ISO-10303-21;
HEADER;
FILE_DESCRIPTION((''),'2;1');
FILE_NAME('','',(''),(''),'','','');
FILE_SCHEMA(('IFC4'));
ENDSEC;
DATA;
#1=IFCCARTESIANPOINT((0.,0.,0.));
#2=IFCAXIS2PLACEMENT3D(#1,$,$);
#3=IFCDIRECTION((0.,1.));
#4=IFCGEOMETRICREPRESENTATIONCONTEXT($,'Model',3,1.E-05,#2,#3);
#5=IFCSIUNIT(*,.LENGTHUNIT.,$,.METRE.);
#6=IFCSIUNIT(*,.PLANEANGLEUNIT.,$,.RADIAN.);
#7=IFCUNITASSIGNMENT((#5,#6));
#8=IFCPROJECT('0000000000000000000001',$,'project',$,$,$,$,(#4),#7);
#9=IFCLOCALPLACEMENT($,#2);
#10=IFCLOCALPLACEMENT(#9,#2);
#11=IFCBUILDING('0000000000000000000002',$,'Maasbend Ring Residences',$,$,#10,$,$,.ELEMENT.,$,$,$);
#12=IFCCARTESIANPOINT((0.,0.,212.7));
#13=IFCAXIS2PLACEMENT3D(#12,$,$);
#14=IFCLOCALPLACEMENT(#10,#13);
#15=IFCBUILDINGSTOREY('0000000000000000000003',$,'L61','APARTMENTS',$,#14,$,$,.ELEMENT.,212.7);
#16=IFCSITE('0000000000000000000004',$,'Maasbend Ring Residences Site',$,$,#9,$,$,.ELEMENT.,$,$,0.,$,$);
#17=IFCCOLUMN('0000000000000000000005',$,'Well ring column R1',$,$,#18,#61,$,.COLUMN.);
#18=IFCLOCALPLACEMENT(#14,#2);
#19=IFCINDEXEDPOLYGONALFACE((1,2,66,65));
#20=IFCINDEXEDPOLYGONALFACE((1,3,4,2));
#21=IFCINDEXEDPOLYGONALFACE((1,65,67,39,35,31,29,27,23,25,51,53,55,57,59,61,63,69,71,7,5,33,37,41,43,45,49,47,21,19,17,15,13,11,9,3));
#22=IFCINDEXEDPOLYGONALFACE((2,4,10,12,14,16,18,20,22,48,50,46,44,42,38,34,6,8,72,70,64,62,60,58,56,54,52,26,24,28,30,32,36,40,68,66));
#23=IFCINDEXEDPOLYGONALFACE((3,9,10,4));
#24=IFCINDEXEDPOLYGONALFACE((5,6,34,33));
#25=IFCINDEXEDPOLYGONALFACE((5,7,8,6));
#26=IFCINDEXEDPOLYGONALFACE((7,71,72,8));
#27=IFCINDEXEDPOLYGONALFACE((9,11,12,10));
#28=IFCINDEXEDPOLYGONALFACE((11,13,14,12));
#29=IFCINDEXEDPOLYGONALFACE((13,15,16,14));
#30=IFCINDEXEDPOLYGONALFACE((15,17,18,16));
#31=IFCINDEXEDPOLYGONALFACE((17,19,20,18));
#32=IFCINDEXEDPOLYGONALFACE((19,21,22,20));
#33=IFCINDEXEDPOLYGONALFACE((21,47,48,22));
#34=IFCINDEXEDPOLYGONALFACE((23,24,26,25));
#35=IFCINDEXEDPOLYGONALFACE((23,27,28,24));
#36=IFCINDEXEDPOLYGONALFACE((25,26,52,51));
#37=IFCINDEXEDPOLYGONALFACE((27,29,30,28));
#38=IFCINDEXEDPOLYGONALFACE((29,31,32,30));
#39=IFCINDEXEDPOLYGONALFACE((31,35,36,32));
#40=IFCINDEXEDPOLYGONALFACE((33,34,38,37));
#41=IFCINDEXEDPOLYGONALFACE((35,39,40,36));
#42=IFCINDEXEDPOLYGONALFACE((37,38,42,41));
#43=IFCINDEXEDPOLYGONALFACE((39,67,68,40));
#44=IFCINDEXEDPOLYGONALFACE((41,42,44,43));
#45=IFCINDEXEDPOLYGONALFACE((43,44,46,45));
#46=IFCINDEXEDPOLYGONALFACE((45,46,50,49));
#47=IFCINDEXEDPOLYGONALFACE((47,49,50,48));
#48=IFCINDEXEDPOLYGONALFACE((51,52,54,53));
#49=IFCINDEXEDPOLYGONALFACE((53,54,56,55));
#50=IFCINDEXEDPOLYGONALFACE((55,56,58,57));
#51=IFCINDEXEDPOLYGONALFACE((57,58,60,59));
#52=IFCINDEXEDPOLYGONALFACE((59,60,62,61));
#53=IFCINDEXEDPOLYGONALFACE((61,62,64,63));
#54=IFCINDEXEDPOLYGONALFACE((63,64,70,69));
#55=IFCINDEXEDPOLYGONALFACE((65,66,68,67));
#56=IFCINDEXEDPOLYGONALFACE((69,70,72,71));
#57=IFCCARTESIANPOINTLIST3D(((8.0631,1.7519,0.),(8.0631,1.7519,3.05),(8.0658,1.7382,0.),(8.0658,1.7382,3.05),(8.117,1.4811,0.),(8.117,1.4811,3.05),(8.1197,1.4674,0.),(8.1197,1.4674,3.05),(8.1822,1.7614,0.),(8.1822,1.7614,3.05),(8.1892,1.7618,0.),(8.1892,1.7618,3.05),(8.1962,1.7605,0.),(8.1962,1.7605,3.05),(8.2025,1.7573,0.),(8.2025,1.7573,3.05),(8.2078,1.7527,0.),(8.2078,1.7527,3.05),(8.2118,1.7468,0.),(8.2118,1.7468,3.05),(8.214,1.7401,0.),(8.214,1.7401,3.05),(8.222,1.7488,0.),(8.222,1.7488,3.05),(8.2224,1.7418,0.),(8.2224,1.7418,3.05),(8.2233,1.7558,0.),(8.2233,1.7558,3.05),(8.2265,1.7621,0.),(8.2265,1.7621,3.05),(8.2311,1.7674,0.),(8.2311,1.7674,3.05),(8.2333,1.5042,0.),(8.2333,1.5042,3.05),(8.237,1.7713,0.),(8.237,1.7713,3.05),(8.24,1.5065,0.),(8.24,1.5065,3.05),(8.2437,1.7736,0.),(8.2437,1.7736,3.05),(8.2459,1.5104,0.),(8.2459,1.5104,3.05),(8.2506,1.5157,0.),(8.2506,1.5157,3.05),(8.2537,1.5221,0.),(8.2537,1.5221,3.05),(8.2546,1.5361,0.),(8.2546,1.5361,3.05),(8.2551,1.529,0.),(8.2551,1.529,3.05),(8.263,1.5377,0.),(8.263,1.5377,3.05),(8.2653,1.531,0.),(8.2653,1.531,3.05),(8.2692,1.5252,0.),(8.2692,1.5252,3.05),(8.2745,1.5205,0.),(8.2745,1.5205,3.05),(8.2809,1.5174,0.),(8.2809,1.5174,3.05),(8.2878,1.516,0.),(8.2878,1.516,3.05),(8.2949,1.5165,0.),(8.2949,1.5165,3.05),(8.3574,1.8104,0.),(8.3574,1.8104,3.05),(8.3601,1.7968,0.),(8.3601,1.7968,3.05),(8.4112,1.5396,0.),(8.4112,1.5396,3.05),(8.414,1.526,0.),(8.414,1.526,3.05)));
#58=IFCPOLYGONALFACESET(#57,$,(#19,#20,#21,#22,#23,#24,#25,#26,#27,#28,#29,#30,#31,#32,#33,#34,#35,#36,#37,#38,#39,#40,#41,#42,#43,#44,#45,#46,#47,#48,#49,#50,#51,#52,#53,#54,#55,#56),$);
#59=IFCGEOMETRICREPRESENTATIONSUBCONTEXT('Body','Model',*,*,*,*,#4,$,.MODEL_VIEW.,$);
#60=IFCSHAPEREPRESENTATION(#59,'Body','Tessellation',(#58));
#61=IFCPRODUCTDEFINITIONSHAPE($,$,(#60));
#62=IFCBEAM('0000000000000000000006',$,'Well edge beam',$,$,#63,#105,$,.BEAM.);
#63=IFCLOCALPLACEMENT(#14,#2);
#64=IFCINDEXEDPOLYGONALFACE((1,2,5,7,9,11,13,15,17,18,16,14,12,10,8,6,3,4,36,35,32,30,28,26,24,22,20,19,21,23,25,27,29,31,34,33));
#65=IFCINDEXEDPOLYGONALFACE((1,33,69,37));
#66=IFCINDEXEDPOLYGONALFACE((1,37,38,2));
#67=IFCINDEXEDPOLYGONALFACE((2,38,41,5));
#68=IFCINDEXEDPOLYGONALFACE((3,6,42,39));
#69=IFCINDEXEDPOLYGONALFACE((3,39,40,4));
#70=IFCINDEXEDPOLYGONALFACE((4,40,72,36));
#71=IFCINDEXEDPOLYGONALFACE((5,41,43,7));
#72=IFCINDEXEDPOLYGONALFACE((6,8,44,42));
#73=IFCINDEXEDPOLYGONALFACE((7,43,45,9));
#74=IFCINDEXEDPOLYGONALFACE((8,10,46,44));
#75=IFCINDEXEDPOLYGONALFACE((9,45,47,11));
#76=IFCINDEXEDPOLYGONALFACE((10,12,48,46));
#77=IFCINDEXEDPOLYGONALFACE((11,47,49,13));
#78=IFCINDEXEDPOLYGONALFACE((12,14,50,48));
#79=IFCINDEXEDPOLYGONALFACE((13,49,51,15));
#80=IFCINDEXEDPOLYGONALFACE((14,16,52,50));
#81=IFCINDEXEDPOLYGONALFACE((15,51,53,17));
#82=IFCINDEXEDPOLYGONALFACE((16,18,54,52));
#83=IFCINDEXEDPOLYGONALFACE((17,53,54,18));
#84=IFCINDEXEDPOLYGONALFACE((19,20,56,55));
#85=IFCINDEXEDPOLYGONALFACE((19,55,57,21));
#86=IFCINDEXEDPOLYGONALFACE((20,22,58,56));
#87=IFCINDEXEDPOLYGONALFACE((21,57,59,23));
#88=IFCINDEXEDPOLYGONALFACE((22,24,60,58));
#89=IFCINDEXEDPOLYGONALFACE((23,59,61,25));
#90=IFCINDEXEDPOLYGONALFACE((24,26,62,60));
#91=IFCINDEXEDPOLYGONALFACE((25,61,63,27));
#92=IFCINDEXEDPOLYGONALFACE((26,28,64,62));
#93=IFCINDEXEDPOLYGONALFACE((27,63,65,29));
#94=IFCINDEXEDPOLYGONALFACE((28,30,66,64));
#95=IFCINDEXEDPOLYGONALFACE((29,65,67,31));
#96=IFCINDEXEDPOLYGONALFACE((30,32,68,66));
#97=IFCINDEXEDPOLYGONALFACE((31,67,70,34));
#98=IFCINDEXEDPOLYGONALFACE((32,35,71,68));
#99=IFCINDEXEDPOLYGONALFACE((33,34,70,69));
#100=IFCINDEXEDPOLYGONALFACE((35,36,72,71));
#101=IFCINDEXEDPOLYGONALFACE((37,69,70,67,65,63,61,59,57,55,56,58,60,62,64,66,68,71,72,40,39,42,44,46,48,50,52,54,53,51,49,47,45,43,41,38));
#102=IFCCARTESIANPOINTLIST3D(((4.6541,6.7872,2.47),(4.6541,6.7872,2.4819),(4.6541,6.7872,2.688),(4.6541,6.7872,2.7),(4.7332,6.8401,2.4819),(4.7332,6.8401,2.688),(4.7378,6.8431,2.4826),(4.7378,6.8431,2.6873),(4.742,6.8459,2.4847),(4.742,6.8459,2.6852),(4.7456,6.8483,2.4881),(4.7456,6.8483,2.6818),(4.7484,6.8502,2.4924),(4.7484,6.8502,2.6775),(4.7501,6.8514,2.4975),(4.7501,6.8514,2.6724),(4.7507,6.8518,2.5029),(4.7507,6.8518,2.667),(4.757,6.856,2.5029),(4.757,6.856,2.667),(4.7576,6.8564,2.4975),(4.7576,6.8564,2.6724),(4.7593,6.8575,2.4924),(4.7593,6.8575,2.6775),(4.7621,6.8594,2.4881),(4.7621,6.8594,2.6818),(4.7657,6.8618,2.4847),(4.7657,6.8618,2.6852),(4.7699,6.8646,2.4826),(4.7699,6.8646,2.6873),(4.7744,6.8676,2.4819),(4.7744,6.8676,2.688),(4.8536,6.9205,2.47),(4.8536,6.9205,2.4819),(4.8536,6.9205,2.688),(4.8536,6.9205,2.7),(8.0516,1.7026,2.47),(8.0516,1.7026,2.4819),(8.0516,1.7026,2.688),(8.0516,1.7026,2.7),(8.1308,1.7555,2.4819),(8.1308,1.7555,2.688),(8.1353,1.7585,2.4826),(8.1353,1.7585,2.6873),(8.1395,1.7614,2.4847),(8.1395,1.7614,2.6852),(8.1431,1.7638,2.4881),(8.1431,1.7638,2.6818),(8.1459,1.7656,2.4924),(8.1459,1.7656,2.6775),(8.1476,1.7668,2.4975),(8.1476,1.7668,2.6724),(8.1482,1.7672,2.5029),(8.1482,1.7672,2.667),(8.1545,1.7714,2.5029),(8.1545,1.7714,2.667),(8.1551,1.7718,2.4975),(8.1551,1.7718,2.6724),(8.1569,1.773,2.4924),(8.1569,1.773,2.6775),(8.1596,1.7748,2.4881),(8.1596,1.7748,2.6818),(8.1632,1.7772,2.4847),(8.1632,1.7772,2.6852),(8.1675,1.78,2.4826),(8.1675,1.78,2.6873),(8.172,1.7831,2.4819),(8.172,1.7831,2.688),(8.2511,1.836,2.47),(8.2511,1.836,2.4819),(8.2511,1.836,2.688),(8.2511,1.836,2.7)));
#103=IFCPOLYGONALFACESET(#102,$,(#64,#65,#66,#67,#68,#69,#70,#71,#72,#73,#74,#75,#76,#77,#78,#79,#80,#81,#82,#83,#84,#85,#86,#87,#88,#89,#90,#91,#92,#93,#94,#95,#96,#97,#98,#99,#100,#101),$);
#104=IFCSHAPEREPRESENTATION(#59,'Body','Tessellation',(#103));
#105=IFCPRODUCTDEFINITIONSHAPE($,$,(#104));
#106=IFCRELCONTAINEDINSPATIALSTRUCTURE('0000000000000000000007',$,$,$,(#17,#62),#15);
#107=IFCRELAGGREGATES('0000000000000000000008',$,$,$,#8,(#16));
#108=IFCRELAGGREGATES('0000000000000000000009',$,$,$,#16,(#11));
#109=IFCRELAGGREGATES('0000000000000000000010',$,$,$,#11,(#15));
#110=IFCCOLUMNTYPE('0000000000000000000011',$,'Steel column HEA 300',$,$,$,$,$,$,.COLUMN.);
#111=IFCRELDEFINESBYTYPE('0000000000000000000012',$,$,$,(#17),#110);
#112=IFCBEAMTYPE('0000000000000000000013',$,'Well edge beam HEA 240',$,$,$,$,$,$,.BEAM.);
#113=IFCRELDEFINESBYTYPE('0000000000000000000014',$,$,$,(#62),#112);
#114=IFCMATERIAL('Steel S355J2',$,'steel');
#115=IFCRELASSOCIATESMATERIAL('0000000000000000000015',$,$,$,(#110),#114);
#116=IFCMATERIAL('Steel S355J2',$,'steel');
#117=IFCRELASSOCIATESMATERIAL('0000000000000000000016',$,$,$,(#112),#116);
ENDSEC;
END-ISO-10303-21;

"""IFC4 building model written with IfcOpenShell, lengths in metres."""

from ifc_helpers import new_model, si_unit, direction, frame, origin, origin_2d, place, context, subcontext, project, spatial, i_section, extrude, material, material_profile, profile_set, type_object, element, save


model = new_model("IFC4")

# Units and contexts
model_context = context("Model", 3, precision=1e-05, world=origin(), true_north=direction((0.0, 1.0)))
body_context = subcontext(model_context, "Body", "Model", "MODEL_VIEW")
ifc_project = project(units=[si_unit("LENGTHUNIT", "METRE"), si_unit("PLANEANGLEUNIT", "RADIAN")], contexts=[model_context])

# Site, building, storey
site_placement = place(None, origin())
site = spatial("IfcSite", under=ifc_project, at=site_placement, Name="Maasbend Ring Residences Site", CompositionType="ELEMENT", RefElevation=0.0)
building_placement = place(site_placement, origin())
building = spatial("IfcBuilding", under=site, at=building_placement, Name="Maasbend Ring Residences", CompositionType="ELEMENT")
storey_placement = place(building_placement, frame((0.0, 0.0, 212.7)))
storey = spatial("IfcBuildingStorey", under=building, at=storey_placement, Name="L61", Description="APARTMENTS", CompositionType="ELEMENT", Elevation=212.7)

# Column
ifc_material_1 = material(Name="Steel S355J2", Category="steel")
ifc_material_profile_1 = material_profile(ifc_material_1, i_section(OverallWidth=0.3, OverallDepth=0.29, WebThickness=0.0085, FlangeThickness=0.0139, FilletRadius=0.0271, at=origin_2d()), Name="HEA 300")
ifc_profile_set_1 = profile_set([ifc_material_profile_1], Name="Steel S355J2")
column_type = type_object("IfcColumnType", Name="Steel column HEA 300", PredefinedType="COLUMN", material=ifc_profile_set_1)
column_placement = place(storey_placement, frame((8.2385, 1.6389, 0.0), z_axis=(0.0, 0.0, 1.0), x_axis=(0.980785, 0.19509, 0.0)))
element("IfcColumn", 1, at=column_placement, inside=storey, type_object=column_type, Name="Well ring column R1", PredefinedType="COLUMN", context=body_context, shape_type="SweptSolid", body=[
    extrude(i_section(OverallWidth=0.3, OverallDepth=0.29, WebThickness=0.0085, FlangeThickness=0.0139, FilletRadius=0.0271, at=origin_2d()), origin(), (0.0, 0.0, 1.0), 3.05),
])

# Beam
ifc_material_2 = material(Name="Steel S355J2", Category="steel")
ifc_material_profile_2 = material_profile(ifc_material_2, i_section(OverallWidth=0.24, OverallDepth=0.23, WebThickness=0.0076, FlangeThickness=0.012, FilletRadius=0.021, at=origin_2d()), Name="HEA 240")
ifc_profile_set_2 = profile_set([ifc_material_profile_2], Name="Steel S355J2")
beam_type = type_object("IfcBeamType", Name="Well edge beam HEA 240", PredefinedType="BEAM", material=ifc_profile_set_2)
beam_placement = place(storey_placement, frame((8.1514, 1.7693, 2.585), z_axis=(-0.555584, 0.83146, 0.0), x_axis=(-0.83146, -0.555584, 0.0)))
element("IfcBeam", 2, at=beam_placement, inside=storey, type_object=beam_type, Name="Well edge beam", PredefinedType="BEAM", context=body_context, shape_type="SweptSolid", body=[
    extrude(i_section(OverallWidth=0.24, OverallDepth=0.23, WebThickness=0.0076, FlangeThickness=0.012, FilletRadius=0.021, at=origin_2d()), origin(), (0.0, 0.0, 1.0), 6.1152),
])

save(model, "model.ifc")
